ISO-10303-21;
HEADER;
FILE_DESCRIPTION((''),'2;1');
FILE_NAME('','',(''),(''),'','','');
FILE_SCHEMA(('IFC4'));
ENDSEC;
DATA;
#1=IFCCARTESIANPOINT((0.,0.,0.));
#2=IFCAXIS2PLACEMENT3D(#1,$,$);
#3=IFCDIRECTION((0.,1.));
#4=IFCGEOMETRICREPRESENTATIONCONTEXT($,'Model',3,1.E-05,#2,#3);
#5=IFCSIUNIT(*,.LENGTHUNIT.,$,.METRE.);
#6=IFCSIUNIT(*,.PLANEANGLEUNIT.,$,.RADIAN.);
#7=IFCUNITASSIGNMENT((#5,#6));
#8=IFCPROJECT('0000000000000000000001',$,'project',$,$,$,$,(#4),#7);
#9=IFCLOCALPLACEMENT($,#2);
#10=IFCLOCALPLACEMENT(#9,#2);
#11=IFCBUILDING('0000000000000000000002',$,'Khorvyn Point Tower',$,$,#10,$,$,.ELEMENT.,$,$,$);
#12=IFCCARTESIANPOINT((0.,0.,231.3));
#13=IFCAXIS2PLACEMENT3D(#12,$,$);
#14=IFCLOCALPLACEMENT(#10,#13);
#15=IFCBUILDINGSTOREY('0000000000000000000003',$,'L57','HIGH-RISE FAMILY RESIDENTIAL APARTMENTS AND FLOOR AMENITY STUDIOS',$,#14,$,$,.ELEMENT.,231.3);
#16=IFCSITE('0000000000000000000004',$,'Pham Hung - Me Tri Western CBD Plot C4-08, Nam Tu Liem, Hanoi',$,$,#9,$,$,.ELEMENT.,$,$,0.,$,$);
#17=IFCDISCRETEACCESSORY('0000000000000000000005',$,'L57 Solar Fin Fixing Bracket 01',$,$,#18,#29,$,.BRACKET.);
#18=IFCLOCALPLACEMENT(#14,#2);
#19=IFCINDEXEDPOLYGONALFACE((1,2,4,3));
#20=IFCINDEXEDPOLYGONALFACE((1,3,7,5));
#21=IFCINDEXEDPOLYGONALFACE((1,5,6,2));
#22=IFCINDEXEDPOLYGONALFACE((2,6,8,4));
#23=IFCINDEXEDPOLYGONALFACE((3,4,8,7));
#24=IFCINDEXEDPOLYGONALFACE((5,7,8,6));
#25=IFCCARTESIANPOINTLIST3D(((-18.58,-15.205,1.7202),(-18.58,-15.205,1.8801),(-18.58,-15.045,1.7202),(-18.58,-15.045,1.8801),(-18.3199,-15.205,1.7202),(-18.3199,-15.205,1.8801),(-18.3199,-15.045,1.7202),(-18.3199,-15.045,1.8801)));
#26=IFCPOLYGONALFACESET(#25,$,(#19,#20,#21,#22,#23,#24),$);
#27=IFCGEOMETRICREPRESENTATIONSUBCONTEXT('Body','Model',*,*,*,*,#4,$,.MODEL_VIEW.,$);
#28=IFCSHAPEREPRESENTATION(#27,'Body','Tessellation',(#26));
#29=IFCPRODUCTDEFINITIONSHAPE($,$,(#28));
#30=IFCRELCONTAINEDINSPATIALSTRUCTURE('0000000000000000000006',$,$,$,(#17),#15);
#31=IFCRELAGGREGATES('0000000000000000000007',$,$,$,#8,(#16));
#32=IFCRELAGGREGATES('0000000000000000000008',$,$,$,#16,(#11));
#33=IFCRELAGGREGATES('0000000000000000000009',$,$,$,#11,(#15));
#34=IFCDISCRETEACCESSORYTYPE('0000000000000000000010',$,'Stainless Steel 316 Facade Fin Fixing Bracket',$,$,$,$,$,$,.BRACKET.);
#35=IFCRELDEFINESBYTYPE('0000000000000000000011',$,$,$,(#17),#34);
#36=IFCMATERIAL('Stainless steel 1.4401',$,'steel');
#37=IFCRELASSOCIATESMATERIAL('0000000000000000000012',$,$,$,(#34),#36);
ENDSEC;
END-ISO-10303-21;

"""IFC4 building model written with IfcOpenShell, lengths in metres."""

from ifc_helpers import new_model, si_unit, direction, frame, origin, origin_2d, place, context, subcontext, project, spatial, rectangle, extrude, material, type_object, element, save


model = new_model("IFC4")

# Units and contexts
model_context = context("Model", 3, precision=1e-05, world=origin(), true_north=direction((0.0, 1.0)))
body_context = subcontext(model_context, "Body", "Model", "MODEL_VIEW")
ifc_project = project(units=[si_unit("LENGTHUNIT", "METRE"), si_unit("PLANEANGLEUNIT", "RADIAN")], contexts=[model_context])

# Site, building, storey
site_placement = place(None, origin())
site = spatial("IfcSite", under=ifc_project, at=site_placement, Name="Pham Hung - Me Tri Western CBD Plot C4-08, Nam Tu Liem, Hanoi", CompositionType="ELEMENT", RefElevation=0.0)
building_placement = place(site_placement, origin())
building = spatial("IfcBuilding", under=site, at=building_placement, Name="Khorvyn Point Tower", CompositionType="ELEMENT")
storey_placement = place(building_placement, frame((0.0, 0.0, 231.3)))
storey = spatial("IfcBuildingStorey", under=building, at=storey_placement, Name="L57", Description="HIGH-RISE FAMILY RESIDENTIAL APARTMENTS AND FLOOR AMENITY STUDIOS", CompositionType="ELEMENT", Elevation=231.3)

# Discrete accessory
ifc_material_1 = material(Name="Stainless steel 1.4401", Category="steel")
discrete_accessory_type = type_object("IfcDiscreteAccessoryType", Name="Stainless Steel 316 Facade Fin Fixing Bracket", PredefinedType="BRACKET", material=ifc_material_1)
discrete_accessory_placement = place(storey_placement, frame((-18.45, -15.125, 1.7202), z_axis=(0.0, 0.0, 1.0), x_axis=(0.0, 1.0, 0.0)))
element("IfcDiscreteAccessory", 1, at=discrete_accessory_placement, inside=storey, type_object=discrete_accessory_type, Name="L57 Solar Fin Fixing Bracket 01", PredefinedType="BRACKET", context=body_context, shape_type="SweptSolid", body=[
    extrude(rectangle(XDim=0.1599, YDim=0.26, at=origin_2d()), origin(), (0.0, 0.0, 1.0), 0.1599),
])

save(model, "model.ifc")
